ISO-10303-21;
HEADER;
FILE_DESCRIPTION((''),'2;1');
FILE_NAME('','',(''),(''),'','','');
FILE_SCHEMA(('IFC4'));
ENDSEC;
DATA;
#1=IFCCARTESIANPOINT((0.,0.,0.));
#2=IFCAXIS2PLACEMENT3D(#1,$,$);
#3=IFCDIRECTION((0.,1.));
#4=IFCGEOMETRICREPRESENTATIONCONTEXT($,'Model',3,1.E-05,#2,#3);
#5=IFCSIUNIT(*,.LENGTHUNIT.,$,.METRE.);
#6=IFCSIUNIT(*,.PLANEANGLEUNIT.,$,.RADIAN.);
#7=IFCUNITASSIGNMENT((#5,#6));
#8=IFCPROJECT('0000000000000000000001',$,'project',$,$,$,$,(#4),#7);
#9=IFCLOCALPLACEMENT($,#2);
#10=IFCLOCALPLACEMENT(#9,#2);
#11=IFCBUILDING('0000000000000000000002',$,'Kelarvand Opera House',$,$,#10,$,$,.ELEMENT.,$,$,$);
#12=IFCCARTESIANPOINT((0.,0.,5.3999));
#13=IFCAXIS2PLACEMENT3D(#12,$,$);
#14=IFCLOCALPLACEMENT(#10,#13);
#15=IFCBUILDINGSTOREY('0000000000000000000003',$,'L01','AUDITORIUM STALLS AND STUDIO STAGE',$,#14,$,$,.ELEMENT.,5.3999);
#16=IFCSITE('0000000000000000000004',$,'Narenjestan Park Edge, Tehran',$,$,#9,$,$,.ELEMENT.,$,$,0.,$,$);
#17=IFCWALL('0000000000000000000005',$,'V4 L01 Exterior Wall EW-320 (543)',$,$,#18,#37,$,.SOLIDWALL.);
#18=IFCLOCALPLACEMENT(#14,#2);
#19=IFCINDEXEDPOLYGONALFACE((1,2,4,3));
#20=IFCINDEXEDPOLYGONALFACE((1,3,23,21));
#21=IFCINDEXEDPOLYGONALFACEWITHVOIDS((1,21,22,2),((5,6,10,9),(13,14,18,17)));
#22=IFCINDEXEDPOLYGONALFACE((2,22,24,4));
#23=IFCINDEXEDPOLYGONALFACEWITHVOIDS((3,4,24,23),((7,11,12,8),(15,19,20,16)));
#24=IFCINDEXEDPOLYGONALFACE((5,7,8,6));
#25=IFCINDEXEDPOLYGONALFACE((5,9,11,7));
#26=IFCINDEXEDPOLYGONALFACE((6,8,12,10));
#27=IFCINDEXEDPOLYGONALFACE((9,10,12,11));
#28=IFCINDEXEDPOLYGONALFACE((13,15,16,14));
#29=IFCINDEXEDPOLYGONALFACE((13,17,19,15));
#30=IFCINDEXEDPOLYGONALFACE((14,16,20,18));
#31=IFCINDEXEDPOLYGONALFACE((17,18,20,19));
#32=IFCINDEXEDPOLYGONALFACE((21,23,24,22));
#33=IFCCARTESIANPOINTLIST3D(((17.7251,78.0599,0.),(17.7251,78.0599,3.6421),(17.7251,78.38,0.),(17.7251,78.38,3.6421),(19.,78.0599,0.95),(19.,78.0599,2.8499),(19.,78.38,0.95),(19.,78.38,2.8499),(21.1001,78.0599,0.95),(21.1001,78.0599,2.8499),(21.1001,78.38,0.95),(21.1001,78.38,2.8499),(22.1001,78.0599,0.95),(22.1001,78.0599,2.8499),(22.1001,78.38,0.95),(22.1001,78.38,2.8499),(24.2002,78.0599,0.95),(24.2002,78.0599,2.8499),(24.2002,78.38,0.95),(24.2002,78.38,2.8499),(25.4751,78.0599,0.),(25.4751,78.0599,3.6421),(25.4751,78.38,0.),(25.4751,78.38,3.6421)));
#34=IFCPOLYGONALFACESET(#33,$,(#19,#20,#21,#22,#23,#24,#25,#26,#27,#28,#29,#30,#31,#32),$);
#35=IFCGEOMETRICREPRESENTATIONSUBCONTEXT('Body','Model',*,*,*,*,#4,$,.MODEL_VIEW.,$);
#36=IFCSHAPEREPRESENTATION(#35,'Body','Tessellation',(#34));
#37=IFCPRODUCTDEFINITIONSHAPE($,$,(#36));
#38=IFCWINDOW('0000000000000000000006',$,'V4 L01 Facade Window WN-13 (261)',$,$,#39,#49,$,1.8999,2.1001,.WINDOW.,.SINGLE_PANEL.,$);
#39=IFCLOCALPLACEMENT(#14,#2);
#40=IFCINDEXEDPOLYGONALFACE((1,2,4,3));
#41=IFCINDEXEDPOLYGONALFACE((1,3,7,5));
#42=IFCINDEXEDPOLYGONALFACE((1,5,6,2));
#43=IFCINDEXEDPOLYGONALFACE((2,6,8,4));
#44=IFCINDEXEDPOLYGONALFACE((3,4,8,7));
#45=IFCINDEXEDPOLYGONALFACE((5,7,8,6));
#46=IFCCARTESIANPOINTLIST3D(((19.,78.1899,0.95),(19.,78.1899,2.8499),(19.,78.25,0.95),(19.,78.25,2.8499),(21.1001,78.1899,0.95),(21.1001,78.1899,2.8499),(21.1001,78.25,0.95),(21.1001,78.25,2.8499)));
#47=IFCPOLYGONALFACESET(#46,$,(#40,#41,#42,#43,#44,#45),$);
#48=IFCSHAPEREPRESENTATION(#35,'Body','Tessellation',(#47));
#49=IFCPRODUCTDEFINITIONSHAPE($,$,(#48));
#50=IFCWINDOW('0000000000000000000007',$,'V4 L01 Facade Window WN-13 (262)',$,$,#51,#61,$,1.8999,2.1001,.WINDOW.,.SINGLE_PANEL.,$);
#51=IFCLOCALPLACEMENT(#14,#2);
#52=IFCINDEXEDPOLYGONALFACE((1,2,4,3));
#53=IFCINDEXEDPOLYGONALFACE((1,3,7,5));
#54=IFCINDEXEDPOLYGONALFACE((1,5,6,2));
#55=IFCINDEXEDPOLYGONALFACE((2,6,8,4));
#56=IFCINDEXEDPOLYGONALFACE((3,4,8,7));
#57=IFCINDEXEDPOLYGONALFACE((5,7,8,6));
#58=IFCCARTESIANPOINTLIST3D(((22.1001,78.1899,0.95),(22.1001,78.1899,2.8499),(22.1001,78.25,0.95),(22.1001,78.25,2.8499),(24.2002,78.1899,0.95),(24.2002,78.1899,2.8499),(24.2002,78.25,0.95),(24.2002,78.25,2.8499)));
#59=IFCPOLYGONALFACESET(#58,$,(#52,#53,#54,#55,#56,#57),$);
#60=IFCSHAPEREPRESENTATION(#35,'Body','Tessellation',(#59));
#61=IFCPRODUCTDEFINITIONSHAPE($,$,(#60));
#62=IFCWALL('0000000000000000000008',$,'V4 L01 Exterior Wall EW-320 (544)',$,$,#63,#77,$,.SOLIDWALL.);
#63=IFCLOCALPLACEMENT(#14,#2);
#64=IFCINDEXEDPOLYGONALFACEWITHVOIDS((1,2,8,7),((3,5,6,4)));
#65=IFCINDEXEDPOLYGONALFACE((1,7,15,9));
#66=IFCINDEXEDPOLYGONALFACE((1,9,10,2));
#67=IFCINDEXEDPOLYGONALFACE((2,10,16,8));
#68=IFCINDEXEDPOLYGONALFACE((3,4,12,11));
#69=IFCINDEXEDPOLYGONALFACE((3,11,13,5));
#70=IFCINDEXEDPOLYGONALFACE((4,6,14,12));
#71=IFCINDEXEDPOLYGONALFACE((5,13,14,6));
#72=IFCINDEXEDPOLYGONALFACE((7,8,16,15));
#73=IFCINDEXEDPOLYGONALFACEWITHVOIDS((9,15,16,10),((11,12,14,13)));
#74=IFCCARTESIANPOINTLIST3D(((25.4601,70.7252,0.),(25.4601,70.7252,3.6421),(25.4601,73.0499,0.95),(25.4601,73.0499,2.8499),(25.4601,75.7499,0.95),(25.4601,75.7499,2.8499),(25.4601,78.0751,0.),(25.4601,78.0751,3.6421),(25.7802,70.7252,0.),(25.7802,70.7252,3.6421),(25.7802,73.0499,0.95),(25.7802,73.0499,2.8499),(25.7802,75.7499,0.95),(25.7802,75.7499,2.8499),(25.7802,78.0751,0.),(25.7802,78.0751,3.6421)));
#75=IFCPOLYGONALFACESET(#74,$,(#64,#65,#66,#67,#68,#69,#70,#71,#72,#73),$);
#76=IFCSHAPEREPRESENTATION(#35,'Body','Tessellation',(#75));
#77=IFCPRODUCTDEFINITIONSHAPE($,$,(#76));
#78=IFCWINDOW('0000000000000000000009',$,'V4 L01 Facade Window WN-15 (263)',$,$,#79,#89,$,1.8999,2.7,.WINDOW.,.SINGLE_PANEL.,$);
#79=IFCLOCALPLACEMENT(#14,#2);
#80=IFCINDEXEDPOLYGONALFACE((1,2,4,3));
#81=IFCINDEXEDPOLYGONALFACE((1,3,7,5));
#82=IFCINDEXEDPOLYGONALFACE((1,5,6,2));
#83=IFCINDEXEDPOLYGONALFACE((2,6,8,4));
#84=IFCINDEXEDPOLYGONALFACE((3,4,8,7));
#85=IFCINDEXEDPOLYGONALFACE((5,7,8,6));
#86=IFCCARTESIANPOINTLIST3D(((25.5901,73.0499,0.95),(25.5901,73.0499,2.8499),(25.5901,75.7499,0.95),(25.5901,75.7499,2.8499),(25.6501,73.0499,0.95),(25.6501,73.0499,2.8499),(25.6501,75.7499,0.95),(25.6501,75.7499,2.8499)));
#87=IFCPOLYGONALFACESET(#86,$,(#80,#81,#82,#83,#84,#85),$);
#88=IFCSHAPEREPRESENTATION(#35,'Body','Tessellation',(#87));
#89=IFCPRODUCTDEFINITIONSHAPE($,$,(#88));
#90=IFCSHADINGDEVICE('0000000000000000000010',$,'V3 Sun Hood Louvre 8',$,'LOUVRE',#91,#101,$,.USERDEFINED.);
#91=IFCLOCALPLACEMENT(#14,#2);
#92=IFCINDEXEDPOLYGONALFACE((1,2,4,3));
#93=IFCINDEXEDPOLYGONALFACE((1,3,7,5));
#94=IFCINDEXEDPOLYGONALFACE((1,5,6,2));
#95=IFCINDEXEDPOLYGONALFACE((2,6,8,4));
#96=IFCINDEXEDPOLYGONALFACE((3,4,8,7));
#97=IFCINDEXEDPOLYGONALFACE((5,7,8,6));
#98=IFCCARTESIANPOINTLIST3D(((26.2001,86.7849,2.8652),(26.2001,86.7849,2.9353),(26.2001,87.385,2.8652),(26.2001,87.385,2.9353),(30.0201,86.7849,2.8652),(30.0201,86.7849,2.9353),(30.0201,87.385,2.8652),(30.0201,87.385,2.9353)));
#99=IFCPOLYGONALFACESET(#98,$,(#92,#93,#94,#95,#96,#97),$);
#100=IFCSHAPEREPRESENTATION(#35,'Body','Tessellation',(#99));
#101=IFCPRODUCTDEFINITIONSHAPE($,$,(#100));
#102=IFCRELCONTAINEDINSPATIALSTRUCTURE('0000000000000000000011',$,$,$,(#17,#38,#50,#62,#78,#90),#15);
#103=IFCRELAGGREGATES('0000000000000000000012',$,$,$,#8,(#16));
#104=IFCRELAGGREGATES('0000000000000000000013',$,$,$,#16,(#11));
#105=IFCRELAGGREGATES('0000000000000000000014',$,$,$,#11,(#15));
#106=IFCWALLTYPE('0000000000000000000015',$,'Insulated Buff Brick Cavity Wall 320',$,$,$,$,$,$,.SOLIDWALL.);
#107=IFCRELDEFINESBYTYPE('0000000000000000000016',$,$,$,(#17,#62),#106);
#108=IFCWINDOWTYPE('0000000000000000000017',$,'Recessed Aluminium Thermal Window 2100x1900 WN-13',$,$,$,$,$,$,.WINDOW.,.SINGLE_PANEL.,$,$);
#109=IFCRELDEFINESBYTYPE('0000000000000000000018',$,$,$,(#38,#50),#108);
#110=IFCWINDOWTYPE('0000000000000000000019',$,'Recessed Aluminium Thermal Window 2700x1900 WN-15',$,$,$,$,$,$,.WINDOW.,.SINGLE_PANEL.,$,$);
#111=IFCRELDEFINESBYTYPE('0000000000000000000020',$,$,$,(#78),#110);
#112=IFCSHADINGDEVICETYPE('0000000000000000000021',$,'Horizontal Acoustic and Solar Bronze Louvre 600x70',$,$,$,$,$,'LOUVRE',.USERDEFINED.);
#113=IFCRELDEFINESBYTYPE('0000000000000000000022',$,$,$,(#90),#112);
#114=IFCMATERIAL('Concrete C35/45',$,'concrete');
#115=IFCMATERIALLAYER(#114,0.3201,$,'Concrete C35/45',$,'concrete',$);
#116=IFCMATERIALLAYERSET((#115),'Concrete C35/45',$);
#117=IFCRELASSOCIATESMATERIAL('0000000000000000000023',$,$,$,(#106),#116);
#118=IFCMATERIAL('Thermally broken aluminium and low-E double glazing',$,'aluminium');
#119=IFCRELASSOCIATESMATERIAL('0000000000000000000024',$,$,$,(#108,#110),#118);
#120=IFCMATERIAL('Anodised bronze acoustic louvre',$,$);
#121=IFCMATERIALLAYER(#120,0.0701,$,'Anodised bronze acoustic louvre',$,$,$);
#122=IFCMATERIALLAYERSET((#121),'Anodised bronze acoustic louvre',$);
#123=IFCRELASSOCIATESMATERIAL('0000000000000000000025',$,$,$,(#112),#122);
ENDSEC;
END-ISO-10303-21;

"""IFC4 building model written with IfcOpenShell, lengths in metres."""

from ifc_helpers import new_model, si_unit, direction, frame, frame_2d, origin, origin_2d, place, context, subcontext, project, spatial, rectangle, extrude, material, layer, layer_set, type_object, element, fill, save


model = new_model("IFC4")

# Units and contexts
model_context = context("Model", 3, precision=1e-05, world=origin(), true_north=direction((0.0, 1.0)))
body_context = subcontext(model_context, "Body", "Model", "MODEL_VIEW")
ifc_project = project(units=[si_unit("LENGTHUNIT", "METRE"), si_unit("PLANEANGLEUNIT", "RADIAN")], contexts=[model_context])

# Site, building, storey
site_placement = place(None, origin())
site = spatial("IfcSite", under=ifc_project, at=site_placement, Name="Narenjestan Park Edge, Tehran", CompositionType="ELEMENT", RefElevation=0.0)
building_placement = place(site_placement, origin())
building = spatial("IfcBuilding", under=site, at=building_placement, Name="Kelarvand Opera House", CompositionType="ELEMENT")
storey_placement = place(building_placement, frame((0.0, 0.0, 5.3999)))
storey = spatial("IfcBuildingStorey", under=building, at=storey_placement, Name="L01", Description="AUDITORIUM STALLS AND STUDIO STAGE", CompositionType="ELEMENT", Elevation=5.3999)

# Wall, openings, windows
ifc_material_1 = material(Name="Concrete C35/45", Category="concrete")
ifc_layer_1 = layer(ifc_material_1, 0.3201, Name="Concrete C35/45", Category="concrete")
ifc_layer_set_1 = layer_set([ifc_layer_1], Name="Concrete C35/45")
wall_type = type_object("IfcWallType", Name="Insulated Buff Brick Cavity Wall 320", PredefinedType="SOLIDWALL", material=ifc_layer_set_1)
wall_1_placement = place(storey_placement, frame((17.7251, 78.22, 0.0), z_axis=(0.0, 0.0, 1.0), x_axis=(1.0, 0.0, 0.0)))
wall_1 = element("IfcWall", 1, at=wall_1_placement, inside=storey, type_object=wall_type, Name="V4 L01 Exterior Wall EW-320 (543)", PredefinedType="SOLIDWALL", context=body_context, shape_type="SweptSolid", body=[
    extrude(rectangle(XDim=7.75, YDim=0.3201, at=frame_2d((3.875, 0.0))), origin(), (0.0, 0.0, 1.0), 3.6421),
])
opening_1_placement = place(wall_1_placement, frame((1.2749, 0.0, 0.95)))
opening_1 = element("IfcOpeningElement", 2, at=opening_1_placement, cuts=wall_1, PredefinedType="OPENING", context=body_context, shape_type="SweptSolid", body=[
    extrude(rectangle(XDim=2.1001, YDim=1.8999, at=frame_2d((1.05, 0.95))), frame((0.0, 0.1699, 0.0), z_axis=(0.0, -1.0, 0.0), x_axis=(1.0, 0.0, 0.0)), (0.0, 0.0, 1.0), 0.3401),
])
opening_2_placement = place(wall_1_placement, frame((4.375, 0.0, 0.95)))
opening_2 = element("IfcOpeningElement", 3, at=opening_2_placement, cuts=wall_1, PredefinedType="OPENING", context=body_context, shape_type="SweptSolid", body=[
    extrude(rectangle(XDim=2.1001, YDim=1.8999, at=frame_2d((1.05, 0.95))), frame((0.0, 0.1699, 0.0), z_axis=(0.0, -1.0, 0.0), x_axis=(1.0, 0.0, 0.0)), (0.0, 0.0, 1.0), 0.3401),
])
ifc_material_2 = material(Name="Thermally broken aluminium and low-E double glazing", Category="aluminium")
window_type_1 = type_object("IfcWindowType", Name="Recessed Aluminium Thermal Window 2100x1900 WN-13", PartitioningType="SINGLE_PANEL", PredefinedType="WINDOW", material=ifc_material_2)
window_1_placement = place(opening_1_placement, origin())
window_1 = element("IfcWindow", 4, at=window_1_placement, inside=storey, type_object=window_type_1, Name="V4 L01 Facade Window WN-13 (261)", OverallHeight=1.8999, OverallWidth=2.1001, PartitioningType="SINGLE_PANEL", PredefinedType="WINDOW", context=body_context, shape_type="SweptSolid", body=[
    extrude(rectangle(XDim=2.1001, YDim=1.8999, at=frame_2d((1.05, 0.95))), frame((0.0, 0.03, 0.0), z_axis=(0.0, -1.0, 0.0), x_axis=(1.0, 0.0, 0.0)), (0.0, 0.0, 1.0), 0.0601),
])
fill(opening_1, window_1)
window_2_placement = place(opening_2_placement, origin())
window_2 = element("IfcWindow", 5, at=window_2_placement, inside=storey, type_object=window_type_1, Name="V4 L01 Facade Window WN-13 (262)", OverallHeight=1.8999, OverallWidth=2.1001, PartitioningType="SINGLE_PANEL", PredefinedType="WINDOW", context=body_context, shape_type="SweptSolid", body=[
    extrude(rectangle(XDim=2.1001, YDim=1.8999, at=frame_2d((1.05, 0.95))), frame((0.0, 0.03, 0.0), z_axis=(0.0, -1.0, 0.0), x_axis=(1.0, 0.0, 0.0)), (0.0, 0.0, 1.0), 0.0601),
])
fill(opening_2, window_2)

# Wall, opening, window
wall_2_placement = place(storey_placement, frame((25.6201, 78.075, 0.0), z_axis=(0.0, 0.0, 1.0), x_axis=(0.0, -1.0, 0.0)))
wall_2 = element("IfcWall", 6, at=wall_2_placement, inside=storey, type_object=wall_type, Name="V4 L01 Exterior Wall EW-320 (544)", PredefinedType="SOLIDWALL", context=body_context, shape_type="SweptSolid", body=[
    extrude(rectangle(XDim=7.3499, YDim=0.3201, at=frame_2d((3.6748, 0.0))), origin(), (0.0, 0.0, 1.0), 3.6421),
])
opening_3_placement = place(wall_2_placement, frame((2.325, 0.0, 0.95)))
opening_3 = element("IfcOpeningElement", 7, at=opening_3_placement, cuts=wall_2, PredefinedType="OPENING", context=body_context, shape_type="SweptSolid", body=[
    extrude(rectangle(XDim=2.7, YDim=1.8999, at=frame_2d((1.3501, 0.95))), frame((0.0, 0.1699, 0.0), z_axis=(0.0, -1.0, 0.0), x_axis=(1.0, 0.0, 0.0)), (0.0, 0.0, 1.0), 0.3401),
])
window_type_2 = type_object("IfcWindowType", Name="Recessed Aluminium Thermal Window 2700x1900 WN-15", PartitioningType="SINGLE_PANEL", PredefinedType="WINDOW", material=ifc_material_2)
window_3_placement = place(opening_3_placement, origin())
window_3 = element("IfcWindow", 8, at=window_3_placement, inside=storey, type_object=window_type_2, Name="V4 L01 Facade Window WN-15 (263)", OverallHeight=1.8999, OverallWidth=2.7, PartitioningType="SINGLE_PANEL", PredefinedType="WINDOW", context=body_context, shape_type="SweptSolid", body=[
    extrude(rectangle(XDim=2.7, YDim=1.8999, at=frame_2d((1.3501, 0.95))), frame((0.0, 0.03, 0.0), z_axis=(0.0, -1.0, 0.0), x_axis=(1.0, 0.0, 0.0)), (0.0, 0.0, 1.0), 0.0601),
])
fill(opening_3, window_3)

# Shading device
ifc_material_3 = material(Name="Anodised bronze acoustic louvre")
ifc_layer_2 = layer(ifc_material_3, 0.0701, Name="Anodised bronze acoustic louvre")
ifc_layer_set_2 = layer_set([ifc_layer_2], Name="Anodised bronze acoustic louvre")
shading_device_type = type_object("IfcShadingDeviceType", Name="Horizontal Acoustic and Solar Bronze Louvre 600x70", ElementType="LOUVRE", PredefinedType="USERDEFINED", material=ifc_layer_set_2)
shading_device_placement = place(storey_placement, frame((28.1101, 87.085, 2.8652), z_axis=(0.0, 0.0, 1.0), x_axis=(-1.0, 0.0, 0.0)))
element("IfcShadingDevice", 9, at=shading_device_placement, inside=storey, type_object=shading_device_type, Name="V3 Sun Hood Louvre 8", ObjectType="LOUVRE", PredefinedType="USERDEFINED", context=body_context, shape_type="SweptSolid", body=[
    extrude(rectangle(XDim=3.8201, YDim=0.6001, at=origin_2d()), origin(), (0.0, 0.0, 1.0), 0.0701),
])

save(model, "model.ifc")
